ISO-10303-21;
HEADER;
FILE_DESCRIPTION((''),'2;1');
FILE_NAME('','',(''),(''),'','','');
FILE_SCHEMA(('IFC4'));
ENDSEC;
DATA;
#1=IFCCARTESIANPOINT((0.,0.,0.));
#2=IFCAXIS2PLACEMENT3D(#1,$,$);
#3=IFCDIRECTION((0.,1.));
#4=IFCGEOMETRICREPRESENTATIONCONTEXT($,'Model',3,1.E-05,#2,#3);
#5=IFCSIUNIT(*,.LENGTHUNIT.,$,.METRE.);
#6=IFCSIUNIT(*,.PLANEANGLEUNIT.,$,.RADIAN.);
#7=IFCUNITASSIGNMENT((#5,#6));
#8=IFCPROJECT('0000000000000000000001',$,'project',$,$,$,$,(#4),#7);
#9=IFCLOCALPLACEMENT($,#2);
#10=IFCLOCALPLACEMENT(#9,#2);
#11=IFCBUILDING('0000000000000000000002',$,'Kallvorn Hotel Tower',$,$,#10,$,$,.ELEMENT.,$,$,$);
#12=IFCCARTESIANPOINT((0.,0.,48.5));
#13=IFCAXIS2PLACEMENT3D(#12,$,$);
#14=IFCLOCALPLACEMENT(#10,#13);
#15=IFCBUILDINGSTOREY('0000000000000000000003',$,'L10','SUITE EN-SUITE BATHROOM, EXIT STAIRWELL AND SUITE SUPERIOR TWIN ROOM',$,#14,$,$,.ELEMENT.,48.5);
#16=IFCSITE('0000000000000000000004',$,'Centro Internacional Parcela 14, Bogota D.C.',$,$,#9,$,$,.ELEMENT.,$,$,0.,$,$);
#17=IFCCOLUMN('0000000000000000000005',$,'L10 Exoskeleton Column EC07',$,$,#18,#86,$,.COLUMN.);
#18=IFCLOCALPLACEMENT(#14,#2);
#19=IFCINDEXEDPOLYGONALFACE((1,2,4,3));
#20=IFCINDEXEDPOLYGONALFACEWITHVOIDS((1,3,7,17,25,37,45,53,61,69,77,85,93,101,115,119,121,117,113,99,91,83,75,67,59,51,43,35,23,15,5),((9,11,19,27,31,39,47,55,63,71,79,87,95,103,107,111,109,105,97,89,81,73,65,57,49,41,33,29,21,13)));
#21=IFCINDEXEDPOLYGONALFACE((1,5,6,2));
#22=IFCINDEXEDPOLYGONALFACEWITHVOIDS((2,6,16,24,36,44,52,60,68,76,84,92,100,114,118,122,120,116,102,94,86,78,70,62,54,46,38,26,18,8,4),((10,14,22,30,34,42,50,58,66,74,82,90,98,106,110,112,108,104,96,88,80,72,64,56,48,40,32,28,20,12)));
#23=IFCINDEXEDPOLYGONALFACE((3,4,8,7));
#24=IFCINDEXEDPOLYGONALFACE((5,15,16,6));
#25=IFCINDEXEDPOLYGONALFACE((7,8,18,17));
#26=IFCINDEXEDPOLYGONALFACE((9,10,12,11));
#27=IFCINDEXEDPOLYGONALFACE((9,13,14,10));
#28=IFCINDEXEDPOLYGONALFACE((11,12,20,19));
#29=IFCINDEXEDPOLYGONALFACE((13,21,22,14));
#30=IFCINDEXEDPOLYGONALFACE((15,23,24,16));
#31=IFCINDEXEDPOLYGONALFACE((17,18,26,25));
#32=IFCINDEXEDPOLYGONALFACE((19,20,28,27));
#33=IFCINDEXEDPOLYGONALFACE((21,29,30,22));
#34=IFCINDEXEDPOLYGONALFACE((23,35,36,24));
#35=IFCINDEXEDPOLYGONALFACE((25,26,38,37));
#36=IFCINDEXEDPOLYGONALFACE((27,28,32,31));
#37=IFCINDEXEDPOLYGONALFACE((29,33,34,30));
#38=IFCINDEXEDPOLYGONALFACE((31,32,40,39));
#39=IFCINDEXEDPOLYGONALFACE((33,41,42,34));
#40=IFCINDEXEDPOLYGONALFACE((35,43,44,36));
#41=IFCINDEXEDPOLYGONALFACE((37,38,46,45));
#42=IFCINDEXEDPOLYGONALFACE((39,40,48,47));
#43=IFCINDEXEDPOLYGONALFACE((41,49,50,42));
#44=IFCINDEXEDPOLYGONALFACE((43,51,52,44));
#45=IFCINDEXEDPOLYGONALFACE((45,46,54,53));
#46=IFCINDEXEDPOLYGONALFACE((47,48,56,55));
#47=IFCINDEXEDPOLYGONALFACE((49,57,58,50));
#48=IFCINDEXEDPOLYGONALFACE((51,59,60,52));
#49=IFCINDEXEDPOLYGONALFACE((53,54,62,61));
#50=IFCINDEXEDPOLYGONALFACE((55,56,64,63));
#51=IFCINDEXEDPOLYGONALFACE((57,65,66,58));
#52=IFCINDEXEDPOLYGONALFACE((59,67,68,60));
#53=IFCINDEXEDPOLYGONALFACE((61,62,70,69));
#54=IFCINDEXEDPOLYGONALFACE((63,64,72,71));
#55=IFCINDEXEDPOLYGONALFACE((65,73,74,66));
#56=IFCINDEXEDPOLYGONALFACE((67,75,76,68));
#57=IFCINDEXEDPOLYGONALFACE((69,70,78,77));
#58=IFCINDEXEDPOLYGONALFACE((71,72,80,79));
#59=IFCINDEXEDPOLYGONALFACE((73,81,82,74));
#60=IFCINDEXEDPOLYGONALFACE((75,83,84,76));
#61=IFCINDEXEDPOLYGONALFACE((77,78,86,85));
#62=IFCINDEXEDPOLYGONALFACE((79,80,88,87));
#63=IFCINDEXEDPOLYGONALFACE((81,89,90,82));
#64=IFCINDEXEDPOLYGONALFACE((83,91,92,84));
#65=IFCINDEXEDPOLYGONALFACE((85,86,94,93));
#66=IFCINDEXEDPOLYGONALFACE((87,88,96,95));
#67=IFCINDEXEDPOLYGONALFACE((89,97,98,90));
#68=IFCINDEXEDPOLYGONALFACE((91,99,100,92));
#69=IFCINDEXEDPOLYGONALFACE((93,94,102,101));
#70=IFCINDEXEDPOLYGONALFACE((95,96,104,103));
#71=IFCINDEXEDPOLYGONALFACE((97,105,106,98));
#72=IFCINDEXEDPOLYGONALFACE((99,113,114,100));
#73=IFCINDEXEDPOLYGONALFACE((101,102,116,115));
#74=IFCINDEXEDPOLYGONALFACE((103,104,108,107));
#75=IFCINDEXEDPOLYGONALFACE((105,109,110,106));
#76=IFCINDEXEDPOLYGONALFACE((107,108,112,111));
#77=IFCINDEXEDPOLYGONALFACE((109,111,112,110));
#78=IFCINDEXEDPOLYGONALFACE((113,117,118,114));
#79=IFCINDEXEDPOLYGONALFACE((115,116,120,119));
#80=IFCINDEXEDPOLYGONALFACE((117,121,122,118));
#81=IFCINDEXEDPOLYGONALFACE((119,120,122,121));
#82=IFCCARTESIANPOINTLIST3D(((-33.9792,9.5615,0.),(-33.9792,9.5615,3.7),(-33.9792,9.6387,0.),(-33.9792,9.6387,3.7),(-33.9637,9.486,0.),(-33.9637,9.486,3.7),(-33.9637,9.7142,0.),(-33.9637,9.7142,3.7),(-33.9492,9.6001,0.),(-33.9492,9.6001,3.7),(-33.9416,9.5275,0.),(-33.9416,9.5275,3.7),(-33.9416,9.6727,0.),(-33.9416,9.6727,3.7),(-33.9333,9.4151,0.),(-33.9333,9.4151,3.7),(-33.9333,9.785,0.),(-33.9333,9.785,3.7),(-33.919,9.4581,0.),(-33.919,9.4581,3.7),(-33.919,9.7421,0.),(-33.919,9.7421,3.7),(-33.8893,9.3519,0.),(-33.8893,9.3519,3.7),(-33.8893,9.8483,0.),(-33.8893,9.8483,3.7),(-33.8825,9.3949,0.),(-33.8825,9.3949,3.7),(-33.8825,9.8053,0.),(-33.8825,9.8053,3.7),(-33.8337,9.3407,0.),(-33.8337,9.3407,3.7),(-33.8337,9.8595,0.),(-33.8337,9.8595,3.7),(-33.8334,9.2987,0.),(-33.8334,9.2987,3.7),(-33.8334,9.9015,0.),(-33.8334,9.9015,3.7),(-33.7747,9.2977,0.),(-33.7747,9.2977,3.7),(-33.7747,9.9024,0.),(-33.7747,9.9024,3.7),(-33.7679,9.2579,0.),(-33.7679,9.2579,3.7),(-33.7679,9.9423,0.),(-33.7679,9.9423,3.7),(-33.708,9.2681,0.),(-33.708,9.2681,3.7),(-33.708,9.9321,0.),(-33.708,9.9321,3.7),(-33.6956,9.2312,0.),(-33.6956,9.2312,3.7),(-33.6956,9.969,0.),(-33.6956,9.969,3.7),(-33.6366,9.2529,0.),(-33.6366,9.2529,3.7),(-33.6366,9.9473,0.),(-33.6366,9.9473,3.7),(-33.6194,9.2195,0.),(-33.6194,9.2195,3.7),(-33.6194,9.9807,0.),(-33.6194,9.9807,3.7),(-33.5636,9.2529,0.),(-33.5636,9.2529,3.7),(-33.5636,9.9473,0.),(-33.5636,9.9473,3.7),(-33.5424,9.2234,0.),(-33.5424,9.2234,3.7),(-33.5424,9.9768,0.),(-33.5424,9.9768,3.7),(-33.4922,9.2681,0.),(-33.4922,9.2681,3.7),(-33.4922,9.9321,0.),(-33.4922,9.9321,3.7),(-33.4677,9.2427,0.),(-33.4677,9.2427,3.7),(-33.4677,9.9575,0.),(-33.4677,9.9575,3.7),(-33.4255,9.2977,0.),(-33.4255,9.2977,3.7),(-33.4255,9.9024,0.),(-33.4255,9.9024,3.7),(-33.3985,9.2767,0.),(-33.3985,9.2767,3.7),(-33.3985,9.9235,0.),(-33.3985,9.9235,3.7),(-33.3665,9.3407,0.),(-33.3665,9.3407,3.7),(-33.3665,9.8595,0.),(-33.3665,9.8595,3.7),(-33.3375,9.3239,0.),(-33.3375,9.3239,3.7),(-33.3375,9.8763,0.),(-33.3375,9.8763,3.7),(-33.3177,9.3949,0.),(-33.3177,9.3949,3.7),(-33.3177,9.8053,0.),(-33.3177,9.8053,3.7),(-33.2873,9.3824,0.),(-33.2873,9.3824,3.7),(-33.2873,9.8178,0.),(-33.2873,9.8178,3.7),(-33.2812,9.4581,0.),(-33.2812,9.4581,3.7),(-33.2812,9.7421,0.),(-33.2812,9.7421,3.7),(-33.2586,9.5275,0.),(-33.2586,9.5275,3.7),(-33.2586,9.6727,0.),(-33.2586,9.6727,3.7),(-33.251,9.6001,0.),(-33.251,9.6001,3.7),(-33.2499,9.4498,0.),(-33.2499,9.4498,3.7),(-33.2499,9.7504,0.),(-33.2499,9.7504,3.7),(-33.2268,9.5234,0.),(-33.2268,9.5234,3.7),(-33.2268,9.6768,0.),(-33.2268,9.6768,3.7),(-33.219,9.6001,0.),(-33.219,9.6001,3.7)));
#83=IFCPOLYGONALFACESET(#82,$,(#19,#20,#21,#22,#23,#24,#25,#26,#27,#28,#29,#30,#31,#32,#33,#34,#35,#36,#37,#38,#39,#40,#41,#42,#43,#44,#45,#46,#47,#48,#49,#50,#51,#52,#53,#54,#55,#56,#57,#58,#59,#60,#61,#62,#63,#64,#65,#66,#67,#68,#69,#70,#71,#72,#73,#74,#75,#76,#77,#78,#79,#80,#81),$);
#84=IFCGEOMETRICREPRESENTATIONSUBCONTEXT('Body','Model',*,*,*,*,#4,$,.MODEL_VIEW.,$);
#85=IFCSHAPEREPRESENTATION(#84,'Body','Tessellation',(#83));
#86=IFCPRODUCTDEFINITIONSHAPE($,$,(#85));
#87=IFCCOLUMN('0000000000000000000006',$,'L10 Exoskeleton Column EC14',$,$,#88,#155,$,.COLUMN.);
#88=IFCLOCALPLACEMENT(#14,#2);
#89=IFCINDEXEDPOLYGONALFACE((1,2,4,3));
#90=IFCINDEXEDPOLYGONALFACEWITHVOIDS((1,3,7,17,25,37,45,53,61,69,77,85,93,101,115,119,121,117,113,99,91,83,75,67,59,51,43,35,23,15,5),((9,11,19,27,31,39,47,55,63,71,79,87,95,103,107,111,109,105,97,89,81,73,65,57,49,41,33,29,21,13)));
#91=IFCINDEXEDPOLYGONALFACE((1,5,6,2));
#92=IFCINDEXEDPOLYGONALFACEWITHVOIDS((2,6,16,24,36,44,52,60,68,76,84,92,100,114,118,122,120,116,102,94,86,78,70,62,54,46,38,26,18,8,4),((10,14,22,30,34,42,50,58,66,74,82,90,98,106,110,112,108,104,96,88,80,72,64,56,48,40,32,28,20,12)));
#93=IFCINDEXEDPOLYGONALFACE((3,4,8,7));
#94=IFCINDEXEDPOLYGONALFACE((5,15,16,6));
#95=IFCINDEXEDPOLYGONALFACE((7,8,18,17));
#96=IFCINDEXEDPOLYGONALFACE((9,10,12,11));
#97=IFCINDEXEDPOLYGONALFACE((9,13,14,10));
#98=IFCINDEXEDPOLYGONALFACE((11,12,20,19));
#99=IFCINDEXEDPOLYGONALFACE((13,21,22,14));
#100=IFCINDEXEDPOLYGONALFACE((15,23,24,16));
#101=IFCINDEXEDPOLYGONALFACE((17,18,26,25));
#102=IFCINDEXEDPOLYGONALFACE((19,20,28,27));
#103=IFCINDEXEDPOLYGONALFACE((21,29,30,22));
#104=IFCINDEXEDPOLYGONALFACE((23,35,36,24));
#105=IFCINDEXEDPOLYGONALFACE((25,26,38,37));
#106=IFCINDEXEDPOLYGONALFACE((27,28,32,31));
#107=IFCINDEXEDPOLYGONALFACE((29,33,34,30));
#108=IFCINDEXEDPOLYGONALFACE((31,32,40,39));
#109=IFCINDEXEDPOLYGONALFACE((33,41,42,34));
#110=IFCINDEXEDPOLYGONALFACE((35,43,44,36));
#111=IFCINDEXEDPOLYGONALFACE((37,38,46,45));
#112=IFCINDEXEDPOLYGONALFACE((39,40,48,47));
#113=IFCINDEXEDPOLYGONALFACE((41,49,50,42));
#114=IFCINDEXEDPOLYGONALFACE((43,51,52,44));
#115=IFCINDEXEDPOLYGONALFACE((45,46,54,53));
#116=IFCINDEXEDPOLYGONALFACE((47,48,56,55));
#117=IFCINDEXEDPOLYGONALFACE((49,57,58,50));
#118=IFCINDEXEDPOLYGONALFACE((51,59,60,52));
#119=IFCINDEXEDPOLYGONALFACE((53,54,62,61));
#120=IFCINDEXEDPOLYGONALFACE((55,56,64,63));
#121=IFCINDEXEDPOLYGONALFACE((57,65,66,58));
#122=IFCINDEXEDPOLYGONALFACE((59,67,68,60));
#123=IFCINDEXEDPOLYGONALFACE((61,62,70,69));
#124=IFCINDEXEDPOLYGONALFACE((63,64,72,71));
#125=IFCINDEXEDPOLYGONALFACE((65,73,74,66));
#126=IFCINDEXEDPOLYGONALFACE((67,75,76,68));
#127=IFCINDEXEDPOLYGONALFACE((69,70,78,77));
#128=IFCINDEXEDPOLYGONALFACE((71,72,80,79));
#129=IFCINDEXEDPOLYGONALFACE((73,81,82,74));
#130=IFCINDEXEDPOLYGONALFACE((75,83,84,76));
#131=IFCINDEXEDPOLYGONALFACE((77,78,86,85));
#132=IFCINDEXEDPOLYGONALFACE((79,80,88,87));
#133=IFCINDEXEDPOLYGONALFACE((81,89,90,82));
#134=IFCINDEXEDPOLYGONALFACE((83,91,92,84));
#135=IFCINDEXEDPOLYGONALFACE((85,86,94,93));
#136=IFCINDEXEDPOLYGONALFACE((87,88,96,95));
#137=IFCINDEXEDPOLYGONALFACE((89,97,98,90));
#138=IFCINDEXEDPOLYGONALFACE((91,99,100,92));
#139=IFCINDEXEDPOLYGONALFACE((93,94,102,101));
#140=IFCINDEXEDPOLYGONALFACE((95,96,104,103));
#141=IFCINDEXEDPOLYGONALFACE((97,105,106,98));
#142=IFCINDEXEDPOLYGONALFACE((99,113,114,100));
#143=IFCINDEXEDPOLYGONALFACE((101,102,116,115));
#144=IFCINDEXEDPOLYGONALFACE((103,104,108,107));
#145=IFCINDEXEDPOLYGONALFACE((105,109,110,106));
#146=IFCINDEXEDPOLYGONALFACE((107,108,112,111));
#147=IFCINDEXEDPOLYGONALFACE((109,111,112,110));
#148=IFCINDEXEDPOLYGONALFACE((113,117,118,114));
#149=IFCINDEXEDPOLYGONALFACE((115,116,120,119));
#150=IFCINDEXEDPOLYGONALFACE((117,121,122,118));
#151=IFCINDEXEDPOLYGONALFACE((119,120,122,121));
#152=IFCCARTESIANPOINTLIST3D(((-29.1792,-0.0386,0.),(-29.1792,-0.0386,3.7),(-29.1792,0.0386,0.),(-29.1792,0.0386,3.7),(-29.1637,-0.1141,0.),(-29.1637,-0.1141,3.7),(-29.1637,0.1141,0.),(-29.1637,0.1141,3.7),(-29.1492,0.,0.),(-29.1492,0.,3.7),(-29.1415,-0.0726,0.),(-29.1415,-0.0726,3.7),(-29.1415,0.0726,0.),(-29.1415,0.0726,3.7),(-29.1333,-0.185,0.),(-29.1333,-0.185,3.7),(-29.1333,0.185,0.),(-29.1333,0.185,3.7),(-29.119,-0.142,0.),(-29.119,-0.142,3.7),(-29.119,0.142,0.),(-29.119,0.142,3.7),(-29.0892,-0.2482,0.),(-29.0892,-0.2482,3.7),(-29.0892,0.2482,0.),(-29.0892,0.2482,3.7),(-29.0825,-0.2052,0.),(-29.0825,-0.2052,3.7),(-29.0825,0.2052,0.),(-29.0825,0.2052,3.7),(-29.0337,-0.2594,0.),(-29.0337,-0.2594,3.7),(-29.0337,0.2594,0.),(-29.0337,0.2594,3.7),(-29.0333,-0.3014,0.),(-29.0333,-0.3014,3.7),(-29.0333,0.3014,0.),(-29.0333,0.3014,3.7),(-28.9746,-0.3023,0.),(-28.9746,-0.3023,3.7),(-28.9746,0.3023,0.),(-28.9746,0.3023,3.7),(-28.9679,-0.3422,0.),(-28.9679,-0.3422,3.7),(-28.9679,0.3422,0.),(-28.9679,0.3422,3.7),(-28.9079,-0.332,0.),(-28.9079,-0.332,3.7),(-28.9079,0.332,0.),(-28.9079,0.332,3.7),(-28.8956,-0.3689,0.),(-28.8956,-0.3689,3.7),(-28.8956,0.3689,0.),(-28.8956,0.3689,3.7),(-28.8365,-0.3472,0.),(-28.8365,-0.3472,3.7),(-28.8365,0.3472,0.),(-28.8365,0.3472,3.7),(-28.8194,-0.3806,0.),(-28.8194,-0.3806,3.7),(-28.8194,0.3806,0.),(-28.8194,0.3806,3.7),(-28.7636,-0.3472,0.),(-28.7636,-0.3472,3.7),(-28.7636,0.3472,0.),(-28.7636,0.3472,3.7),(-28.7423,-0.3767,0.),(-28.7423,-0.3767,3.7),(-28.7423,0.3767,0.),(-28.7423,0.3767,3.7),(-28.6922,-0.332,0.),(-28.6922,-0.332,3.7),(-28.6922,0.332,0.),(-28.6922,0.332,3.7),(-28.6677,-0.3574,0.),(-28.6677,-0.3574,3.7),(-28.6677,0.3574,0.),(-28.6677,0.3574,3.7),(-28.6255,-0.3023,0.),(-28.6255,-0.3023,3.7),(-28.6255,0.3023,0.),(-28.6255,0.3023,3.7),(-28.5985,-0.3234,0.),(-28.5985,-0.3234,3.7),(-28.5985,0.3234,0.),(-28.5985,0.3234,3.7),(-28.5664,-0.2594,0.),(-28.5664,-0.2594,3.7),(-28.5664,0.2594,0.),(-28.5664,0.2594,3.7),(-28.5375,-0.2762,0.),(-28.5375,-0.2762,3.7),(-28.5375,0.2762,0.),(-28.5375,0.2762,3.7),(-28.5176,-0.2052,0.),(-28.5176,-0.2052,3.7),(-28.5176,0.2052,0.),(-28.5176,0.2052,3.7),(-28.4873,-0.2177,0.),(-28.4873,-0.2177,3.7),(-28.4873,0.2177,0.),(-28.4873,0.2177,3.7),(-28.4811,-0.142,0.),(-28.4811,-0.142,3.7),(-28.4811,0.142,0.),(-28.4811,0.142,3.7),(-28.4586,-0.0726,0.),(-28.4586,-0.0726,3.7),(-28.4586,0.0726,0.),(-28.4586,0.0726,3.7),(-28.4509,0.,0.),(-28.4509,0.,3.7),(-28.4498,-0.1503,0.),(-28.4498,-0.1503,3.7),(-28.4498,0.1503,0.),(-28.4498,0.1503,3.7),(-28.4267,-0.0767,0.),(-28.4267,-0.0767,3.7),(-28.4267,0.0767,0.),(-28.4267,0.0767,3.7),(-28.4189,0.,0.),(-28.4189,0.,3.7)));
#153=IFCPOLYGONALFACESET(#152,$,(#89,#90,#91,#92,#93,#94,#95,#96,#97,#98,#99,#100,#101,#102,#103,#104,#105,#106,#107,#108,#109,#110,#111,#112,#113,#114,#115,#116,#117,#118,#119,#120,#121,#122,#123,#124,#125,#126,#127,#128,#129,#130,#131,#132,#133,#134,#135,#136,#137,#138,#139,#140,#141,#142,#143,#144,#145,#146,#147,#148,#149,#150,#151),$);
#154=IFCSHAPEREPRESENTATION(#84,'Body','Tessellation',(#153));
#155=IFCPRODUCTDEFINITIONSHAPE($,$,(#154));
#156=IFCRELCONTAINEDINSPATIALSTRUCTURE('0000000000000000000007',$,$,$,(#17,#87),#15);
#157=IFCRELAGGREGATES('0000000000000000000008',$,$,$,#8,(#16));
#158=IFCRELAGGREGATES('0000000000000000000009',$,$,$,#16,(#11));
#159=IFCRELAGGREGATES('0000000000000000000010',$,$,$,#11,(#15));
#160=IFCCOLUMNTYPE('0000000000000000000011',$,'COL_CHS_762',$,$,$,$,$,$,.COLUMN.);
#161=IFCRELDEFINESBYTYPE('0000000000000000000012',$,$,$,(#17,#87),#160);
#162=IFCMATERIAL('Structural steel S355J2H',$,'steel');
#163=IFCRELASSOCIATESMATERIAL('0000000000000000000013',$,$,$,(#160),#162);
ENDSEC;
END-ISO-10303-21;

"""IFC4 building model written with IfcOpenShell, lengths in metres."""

from ifc_helpers import new_model, si_unit, direction, frame, origin, origin_2d, place, context, subcontext, project, spatial, hollow_circle, extrude, material, material_profile, profile_set, type_object, element, save


model = new_model("IFC4")

# Units and contexts
model_context = context("Model", 3, precision=1e-05, world=origin(), true_north=direction((0.0, 1.0)))
body_context = subcontext(model_context, "Body", "Model", "MODEL_VIEW")
ifc_project = project(units=[si_unit("LENGTHUNIT", "METRE"), si_unit("PLANEANGLEUNIT", "RADIAN")], contexts=[model_context])

# Site, building, storey
site_placement = place(None, origin())
site = spatial("IfcSite", under=ifc_project, at=site_placement, Name="Centro Internacional Parcela 14, Bogota D.C.", CompositionType="ELEMENT", RefElevation=0.0)
building_placement = place(site_placement, origin())
building = spatial("IfcBuilding", under=site, at=building_placement, Name="Kallvorn Hotel Tower", CompositionType="ELEMENT")
storey_placement = place(building_placement, frame((0.0, 0.0, 48.5)))
storey = spatial("IfcBuildingStorey", under=building, at=storey_placement, Name="L10", Description="SUITE EN-SUITE BATHROOM, EXIT STAIRWELL AND SUITE SUPERIOR TWIN ROOM", CompositionType="ELEMENT", Elevation=48.5)

# Columns
ifc_material_1 = material(Name="Structural steel S355J2H", Category="steel")
ifc_material_profile_1 = material_profile(ifc_material_1, hollow_circle(Radius=0.3811, WallThickness=0.032, at=origin_2d()), Name="CHS 762x32")
ifc_profile_set_1 = profile_set([ifc_material_profile_1], Name="Structural steel S355J2H")
column_type = type_object("IfcColumnType", Name="COL_CHS_762", PredefinedType="COLUMN", material=ifc_profile_set_1)
for number, where, z_axis, x_axis, name in (
    (1, (-33.6001, 9.6001, 0.0), (0.0, 0.0, 1.0), (1.0, 0.0, 0.0), "L10 Exoskeleton Column EC07"),
    (2, (-28.8, 0.0, 0.0), (0.0, 0.0, 1.0), (1.0, 0.0, 0.0), "L10 Exoskeleton Column EC14"),
):
    element("IfcColumn", number, at=place(storey_placement, frame(where, z_axis=z_axis, x_axis=x_axis)), inside=storey, type_object=column_type, Name=name, PredefinedType="COLUMN", context=body_context, shape_type="SweptSolid", body=[
        extrude(hollow_circle(Radius=0.3811, WallThickness=0.032, at=origin_2d()), origin(), (0.0, 0.0, 1.0), 3.7),
    ])

save(model, "model.ifc")
